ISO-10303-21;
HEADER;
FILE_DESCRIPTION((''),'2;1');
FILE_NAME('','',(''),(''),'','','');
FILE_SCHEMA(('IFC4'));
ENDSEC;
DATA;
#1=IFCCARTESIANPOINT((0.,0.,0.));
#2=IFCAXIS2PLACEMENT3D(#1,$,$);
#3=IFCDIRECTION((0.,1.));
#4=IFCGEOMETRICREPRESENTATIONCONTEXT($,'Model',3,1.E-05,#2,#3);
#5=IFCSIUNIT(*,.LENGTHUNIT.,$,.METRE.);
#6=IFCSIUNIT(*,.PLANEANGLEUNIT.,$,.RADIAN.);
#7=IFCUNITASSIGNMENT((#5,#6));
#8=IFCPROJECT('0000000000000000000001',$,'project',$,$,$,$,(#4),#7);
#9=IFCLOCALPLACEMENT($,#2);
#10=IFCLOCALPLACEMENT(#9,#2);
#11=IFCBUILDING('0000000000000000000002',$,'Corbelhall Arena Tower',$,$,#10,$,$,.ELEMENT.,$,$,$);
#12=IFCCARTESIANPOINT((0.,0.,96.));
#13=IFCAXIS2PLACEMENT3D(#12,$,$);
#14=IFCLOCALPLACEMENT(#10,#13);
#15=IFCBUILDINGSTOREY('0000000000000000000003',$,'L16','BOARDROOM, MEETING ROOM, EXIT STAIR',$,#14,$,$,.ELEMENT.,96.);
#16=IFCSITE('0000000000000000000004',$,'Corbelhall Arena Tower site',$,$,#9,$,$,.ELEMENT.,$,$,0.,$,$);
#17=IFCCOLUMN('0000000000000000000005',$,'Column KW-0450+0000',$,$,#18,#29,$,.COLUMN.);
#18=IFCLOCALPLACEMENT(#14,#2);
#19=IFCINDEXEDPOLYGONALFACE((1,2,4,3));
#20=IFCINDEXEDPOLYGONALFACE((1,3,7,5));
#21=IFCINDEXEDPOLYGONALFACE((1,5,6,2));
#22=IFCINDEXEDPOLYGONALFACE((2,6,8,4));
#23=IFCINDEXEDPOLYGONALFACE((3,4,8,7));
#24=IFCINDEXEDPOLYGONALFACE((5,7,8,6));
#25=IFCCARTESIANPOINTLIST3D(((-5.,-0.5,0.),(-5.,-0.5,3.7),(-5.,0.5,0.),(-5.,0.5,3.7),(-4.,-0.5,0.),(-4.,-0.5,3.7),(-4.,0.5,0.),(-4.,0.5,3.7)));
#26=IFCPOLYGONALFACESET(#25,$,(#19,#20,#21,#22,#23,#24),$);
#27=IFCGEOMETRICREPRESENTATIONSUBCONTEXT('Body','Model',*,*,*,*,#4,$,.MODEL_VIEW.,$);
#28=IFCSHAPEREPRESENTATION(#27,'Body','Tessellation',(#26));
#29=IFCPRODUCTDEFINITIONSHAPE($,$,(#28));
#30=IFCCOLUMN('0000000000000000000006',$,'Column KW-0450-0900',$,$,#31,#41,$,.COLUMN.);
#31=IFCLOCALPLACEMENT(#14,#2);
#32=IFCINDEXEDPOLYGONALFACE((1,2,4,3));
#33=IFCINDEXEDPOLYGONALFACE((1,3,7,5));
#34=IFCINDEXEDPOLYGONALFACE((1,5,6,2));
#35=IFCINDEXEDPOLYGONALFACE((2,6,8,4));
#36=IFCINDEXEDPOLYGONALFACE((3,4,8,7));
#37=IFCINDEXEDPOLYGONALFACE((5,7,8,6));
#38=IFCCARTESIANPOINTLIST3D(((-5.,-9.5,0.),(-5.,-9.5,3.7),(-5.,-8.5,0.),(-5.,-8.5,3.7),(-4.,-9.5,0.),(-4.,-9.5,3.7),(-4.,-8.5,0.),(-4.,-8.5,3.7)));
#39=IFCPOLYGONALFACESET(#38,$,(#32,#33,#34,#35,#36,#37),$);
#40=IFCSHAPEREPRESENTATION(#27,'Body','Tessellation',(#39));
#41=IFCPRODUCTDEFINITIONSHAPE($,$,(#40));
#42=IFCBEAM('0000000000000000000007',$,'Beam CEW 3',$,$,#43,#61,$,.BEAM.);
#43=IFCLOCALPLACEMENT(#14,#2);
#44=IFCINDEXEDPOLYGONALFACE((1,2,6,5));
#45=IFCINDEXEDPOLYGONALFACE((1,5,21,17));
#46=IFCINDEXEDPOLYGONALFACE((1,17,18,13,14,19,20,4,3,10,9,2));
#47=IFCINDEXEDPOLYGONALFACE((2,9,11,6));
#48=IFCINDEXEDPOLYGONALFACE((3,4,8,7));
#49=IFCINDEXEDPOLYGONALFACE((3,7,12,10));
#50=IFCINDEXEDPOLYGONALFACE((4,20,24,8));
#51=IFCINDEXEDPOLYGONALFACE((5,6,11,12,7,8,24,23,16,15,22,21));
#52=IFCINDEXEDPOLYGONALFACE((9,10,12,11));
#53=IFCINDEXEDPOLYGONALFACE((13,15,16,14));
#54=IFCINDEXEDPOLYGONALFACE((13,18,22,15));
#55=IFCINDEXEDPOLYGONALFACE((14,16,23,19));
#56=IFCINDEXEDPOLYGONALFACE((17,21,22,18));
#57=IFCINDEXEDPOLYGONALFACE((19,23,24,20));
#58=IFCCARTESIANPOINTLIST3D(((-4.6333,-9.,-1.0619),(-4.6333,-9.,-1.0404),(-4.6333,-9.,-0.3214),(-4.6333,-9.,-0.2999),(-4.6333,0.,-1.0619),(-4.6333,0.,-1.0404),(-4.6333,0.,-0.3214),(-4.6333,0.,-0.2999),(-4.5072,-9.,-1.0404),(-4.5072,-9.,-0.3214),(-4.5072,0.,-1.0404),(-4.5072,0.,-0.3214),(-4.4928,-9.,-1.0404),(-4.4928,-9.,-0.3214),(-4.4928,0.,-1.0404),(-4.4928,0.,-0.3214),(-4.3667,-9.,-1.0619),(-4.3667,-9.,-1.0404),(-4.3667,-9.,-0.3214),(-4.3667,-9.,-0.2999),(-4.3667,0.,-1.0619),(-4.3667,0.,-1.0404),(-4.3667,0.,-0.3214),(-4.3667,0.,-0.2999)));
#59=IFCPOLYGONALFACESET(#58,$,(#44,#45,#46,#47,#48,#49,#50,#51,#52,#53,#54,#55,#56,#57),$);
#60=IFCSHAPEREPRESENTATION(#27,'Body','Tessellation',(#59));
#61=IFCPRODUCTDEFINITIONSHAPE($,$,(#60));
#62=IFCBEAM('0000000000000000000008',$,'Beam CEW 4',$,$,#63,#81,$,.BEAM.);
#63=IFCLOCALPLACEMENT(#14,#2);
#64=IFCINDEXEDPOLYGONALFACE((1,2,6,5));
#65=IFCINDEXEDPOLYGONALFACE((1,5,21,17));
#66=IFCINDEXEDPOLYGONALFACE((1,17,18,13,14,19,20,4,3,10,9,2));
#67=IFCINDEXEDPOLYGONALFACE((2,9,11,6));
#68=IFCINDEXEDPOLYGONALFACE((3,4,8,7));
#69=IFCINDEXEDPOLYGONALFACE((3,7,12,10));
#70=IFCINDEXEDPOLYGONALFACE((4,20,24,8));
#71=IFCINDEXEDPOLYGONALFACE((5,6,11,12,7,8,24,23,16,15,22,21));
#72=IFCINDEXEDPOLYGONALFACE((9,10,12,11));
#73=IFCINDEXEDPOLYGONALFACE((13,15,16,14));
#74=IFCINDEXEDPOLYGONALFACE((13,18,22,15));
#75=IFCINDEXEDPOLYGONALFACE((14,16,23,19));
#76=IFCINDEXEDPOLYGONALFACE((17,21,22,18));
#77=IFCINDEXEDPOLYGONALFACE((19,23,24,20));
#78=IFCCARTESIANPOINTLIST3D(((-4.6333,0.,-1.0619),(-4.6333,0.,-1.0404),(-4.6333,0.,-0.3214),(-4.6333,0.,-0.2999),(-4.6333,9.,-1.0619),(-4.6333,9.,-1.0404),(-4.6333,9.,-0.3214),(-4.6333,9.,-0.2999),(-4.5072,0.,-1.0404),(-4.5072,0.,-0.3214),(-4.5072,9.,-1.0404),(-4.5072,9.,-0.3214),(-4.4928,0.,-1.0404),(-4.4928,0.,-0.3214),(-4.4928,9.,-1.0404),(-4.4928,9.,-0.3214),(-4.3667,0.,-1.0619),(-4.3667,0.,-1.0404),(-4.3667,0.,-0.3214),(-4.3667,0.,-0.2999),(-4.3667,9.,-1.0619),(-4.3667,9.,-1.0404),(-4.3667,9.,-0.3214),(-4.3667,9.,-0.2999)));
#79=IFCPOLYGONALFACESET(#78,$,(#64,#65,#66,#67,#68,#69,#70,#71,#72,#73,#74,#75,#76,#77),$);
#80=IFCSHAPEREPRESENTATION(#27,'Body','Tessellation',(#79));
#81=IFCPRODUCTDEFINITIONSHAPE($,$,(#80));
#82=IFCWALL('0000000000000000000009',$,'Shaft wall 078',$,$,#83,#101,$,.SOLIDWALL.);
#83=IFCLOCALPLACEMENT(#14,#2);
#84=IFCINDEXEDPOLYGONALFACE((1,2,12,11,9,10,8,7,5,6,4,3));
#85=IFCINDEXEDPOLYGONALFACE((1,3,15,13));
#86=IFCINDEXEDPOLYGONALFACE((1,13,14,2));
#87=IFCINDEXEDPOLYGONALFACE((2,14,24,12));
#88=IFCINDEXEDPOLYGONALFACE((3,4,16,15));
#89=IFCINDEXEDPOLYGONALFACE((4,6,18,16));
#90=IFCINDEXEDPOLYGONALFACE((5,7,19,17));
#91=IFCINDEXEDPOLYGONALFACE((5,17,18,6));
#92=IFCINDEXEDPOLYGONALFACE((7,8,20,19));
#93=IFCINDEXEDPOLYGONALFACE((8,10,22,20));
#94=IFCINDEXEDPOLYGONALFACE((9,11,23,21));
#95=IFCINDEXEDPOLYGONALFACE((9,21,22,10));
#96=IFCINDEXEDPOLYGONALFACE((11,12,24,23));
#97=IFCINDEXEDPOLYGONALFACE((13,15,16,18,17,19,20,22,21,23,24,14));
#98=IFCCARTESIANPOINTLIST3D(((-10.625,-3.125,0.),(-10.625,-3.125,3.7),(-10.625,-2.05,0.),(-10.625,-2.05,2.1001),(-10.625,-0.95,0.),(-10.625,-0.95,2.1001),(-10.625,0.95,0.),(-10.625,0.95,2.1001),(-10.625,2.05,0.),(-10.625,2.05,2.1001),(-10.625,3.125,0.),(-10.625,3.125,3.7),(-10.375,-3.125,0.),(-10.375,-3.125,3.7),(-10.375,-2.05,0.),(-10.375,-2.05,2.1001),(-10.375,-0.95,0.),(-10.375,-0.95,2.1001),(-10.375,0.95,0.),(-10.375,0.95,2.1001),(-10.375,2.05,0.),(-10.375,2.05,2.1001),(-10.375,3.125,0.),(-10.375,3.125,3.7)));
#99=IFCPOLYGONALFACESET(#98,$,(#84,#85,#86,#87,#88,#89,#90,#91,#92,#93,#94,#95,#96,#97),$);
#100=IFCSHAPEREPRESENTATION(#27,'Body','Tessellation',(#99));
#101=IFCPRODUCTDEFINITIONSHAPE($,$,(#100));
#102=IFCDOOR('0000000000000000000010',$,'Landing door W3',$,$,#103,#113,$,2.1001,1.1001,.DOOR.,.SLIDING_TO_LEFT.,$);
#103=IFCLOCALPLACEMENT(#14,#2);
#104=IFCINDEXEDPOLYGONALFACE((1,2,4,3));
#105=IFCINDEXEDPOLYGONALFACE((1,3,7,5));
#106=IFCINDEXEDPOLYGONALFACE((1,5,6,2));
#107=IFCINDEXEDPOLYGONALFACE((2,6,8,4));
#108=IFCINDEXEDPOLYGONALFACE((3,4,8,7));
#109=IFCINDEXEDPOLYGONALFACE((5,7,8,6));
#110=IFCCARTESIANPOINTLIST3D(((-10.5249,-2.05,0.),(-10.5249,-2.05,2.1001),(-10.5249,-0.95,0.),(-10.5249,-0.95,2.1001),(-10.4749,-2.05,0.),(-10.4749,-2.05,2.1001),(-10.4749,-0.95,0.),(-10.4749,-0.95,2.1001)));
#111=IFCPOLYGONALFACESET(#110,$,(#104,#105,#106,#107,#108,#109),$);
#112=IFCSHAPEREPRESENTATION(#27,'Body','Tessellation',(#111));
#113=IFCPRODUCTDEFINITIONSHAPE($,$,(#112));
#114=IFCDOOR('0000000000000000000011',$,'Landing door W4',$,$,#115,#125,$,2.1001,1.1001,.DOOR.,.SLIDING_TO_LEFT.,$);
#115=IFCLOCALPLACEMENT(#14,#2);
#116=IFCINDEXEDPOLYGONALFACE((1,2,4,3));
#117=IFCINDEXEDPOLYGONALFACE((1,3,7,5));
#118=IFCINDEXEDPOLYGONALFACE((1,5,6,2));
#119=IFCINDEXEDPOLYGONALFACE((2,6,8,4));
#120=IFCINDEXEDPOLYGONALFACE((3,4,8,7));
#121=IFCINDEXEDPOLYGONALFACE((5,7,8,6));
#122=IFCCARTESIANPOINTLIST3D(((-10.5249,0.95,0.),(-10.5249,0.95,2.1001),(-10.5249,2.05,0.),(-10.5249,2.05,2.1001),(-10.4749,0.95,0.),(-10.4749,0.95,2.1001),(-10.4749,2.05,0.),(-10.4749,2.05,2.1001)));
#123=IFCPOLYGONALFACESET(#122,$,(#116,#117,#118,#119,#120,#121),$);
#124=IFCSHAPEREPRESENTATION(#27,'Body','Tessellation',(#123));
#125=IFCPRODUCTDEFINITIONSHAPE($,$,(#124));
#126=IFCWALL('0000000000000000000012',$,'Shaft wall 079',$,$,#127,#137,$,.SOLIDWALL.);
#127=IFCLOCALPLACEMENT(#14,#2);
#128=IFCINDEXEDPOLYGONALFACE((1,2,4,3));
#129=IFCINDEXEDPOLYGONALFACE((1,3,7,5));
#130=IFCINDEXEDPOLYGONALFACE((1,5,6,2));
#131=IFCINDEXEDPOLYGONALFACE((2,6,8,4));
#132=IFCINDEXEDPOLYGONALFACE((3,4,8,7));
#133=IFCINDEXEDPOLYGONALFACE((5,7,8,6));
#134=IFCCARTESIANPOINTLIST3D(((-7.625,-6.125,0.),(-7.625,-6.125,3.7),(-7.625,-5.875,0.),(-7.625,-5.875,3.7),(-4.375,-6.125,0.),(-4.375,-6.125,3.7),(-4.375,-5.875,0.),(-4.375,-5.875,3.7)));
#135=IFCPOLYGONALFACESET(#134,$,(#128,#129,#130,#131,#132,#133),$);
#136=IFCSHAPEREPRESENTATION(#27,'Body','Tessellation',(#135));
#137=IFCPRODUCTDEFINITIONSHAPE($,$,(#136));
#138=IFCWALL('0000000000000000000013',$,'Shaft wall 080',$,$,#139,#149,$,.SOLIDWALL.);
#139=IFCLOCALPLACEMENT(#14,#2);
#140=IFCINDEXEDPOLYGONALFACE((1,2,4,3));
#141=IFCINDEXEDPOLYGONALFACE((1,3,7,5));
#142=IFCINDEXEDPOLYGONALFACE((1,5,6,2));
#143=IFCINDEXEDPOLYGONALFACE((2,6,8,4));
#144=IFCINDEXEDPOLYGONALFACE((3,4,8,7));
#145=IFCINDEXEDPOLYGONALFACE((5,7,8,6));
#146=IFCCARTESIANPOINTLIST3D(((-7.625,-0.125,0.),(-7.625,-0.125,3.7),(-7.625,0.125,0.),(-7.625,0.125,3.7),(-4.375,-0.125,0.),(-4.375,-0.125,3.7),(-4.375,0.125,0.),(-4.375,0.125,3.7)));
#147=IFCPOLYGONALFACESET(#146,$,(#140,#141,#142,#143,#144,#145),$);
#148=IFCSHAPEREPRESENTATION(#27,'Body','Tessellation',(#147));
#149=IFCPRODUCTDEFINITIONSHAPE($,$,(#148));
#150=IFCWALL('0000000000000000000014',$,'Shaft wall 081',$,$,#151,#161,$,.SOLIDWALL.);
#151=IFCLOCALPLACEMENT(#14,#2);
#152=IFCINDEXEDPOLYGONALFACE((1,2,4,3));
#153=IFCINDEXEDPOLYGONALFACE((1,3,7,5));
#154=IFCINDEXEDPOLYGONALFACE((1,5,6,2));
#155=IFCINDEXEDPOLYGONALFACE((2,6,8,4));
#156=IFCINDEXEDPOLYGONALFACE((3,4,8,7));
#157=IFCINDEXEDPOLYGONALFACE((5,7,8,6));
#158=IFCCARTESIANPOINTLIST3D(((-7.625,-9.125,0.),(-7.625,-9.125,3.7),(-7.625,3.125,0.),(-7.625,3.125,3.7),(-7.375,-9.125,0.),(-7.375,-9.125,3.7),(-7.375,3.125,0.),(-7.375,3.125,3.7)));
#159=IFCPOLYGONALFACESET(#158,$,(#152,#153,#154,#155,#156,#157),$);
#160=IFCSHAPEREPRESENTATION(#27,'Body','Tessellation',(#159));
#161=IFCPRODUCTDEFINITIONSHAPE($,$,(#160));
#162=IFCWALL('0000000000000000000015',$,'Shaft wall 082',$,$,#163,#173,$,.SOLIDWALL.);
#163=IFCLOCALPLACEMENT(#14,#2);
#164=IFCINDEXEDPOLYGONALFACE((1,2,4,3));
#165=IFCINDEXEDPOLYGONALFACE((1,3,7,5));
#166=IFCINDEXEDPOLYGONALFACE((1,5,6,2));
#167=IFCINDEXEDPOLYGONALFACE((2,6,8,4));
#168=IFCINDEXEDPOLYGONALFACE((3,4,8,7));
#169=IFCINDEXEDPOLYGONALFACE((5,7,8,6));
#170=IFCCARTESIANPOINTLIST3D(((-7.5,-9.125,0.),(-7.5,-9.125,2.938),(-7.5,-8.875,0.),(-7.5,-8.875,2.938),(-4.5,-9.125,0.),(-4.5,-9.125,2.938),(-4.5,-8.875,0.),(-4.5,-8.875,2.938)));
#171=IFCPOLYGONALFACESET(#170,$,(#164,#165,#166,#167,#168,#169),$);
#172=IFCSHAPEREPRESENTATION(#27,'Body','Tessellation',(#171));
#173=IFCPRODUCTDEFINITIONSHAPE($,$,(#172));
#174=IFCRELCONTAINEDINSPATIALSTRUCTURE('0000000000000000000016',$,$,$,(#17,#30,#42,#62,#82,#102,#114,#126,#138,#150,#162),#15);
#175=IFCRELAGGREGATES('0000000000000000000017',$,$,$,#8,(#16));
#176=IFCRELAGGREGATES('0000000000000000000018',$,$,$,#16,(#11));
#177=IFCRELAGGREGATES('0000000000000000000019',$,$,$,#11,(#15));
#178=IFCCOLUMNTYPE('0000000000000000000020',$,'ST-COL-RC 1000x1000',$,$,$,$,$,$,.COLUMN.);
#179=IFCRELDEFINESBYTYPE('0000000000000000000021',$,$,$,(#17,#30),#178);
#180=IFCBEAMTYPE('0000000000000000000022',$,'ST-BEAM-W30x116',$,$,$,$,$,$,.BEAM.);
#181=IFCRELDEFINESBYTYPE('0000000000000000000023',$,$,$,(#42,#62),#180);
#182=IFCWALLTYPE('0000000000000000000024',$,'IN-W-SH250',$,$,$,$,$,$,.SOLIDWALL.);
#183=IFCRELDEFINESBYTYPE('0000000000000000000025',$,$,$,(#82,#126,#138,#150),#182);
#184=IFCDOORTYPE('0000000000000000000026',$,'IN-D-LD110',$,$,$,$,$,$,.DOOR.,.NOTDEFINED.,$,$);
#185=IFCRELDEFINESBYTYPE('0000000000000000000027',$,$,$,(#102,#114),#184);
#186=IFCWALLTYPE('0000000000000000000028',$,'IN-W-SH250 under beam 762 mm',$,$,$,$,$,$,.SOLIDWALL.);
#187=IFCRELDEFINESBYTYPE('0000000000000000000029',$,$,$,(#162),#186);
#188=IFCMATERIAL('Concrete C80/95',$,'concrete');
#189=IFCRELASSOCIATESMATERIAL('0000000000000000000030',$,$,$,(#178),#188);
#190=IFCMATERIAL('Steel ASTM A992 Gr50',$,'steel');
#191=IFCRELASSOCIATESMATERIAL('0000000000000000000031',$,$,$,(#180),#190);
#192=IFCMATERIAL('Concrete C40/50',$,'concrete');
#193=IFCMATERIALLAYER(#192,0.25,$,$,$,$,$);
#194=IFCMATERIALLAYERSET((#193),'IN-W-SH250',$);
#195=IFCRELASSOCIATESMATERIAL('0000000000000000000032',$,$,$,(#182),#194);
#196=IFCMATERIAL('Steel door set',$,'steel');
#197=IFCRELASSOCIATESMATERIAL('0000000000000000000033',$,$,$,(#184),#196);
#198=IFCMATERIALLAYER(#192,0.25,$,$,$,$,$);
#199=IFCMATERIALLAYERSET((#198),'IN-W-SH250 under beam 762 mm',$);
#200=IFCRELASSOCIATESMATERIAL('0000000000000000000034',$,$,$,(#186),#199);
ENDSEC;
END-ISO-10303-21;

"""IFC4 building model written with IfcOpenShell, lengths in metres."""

from ifc_helpers import new_model, si_unit, direction, frame, frame_2d, origin, origin_2d, place, context, subcontext, project, spatial, rectangle, i_section, extrude, material, layer, layer_set, material_profile, profile_set, type_object, element, fill, save


model = new_model("IFC4")

# Units and contexts
model_context = context("Model", 3, precision=1e-05, world=origin(), true_north=direction((0.0, 1.0)))
body_context = subcontext(model_context, "Body", "Model", "MODEL_VIEW")
ifc_project = project(units=[si_unit("LENGTHUNIT", "METRE"), si_unit("PLANEANGLEUNIT", "RADIAN")], contexts=[model_context])

# Site, building, storey
site_placement = place(None, origin())
site = spatial("IfcSite", under=ifc_project, at=site_placement, Name="Corbelhall Arena Tower site", CompositionType="ELEMENT", RefElevation=0.0)
building_placement = place(site_placement, origin())
building = spatial("IfcBuilding", under=site, at=building_placement, Name="Corbelhall Arena Tower", CompositionType="ELEMENT")
storey_placement = place(building_placement, frame((0.0, 0.0, 96.0)))
storey = spatial("IfcBuildingStorey", under=building, at=storey_placement, Name="L16", Description="BOARDROOM, MEETING ROOM, EXIT STAIR", CompositionType="ELEMENT", Elevation=96.0)

# Columns
ifc_material_1 = material(Name="Concrete C80/95", Category="concrete")
ifc_material_profile_1 = material_profile(ifc_material_1, rectangle(XDim=1.0, YDim=1.0, at=origin_2d()))
ifc_profile_set_1 = profile_set([ifc_material_profile_1], Name="Concrete C80/95")
column_type = type_object("IfcColumnType", Name="ST-COL-RC 1000x1000", PredefinedType="COLUMN", material=ifc_profile_set_1)
for number, where, z_axis, x_axis, name in (
    (1, (-4.5, 0.0, 0.0), (0.0, 0.0, 1.0), (1.0, 0.0, 0.0), "Column KW-0450+0000"),
    (2, (-4.5, -9.0, 0.0), (0.0, 0.0, 1.0), (1.0, 0.0, 0.0), "Column KW-0450-0900"),
):
    element("IfcColumn", number, at=place(storey_placement, frame(where, z_axis=z_axis, x_axis=x_axis)), inside=storey, type_object=column_type, Name=name, PredefinedType="COLUMN", context=body_context, shape_type="SweptSolid", body=[
        extrude(rectangle(XDim=1.0, YDim=1.0, at=origin_2d()), origin(), (0.0, 0.0, 1.0), 3.7),
    ])

# Beams
ifc_material_2 = material(Name="Steel ASTM A992 Gr50", Category="steel")
ifc_material_profile_2 = material_profile(ifc_material_2, i_section(OverallWidth=0.2666, OverallDepth=0.762, WebThickness=0.0144, FlangeThickness=0.0215, at=origin_2d()))
ifc_profile_set_2 = profile_set([ifc_material_profile_2], Name="Steel ASTM A992 Gr50")
beam_type = type_object("IfcBeamType", Name="ST-BEAM-W30x116", PredefinedType="BEAM", material=ifc_profile_set_2)
for number, where, z_axis, x_axis, name in (
    (3, (-4.5, -9.0, -0.6809), (0.0, 1.0, 0.0), (-1.0, 0.0, 0.0), "Beam CEW 3"),
    (4, (-4.5, 0.0, -0.6809), (0.0, 1.0, 0.0), (-1.0, 0.0, 0.0), "Beam CEW 4"),
):
    element("IfcBeam", number, at=place(storey_placement, frame(where, z_axis=z_axis, x_axis=x_axis)), inside=storey, type_object=beam_type, Name=name, PredefinedType="BEAM", context=body_context, shape_type="SweptSolid", body=[
        extrude(i_section(OverallWidth=0.2666, OverallDepth=0.762, WebThickness=0.0144, FlangeThickness=0.0215, at=origin_2d()), origin(), (0.0, 0.0, 1.0), 9.0),
    ])

# Wall, openings, doors
ifc_material_3 = material(Name="Concrete C40/50", Category="concrete")
ifc_layer_1 = layer(ifc_material_3, 0.25)
ifc_layer_set_1 = layer_set([ifc_layer_1], Name="IN-W-SH250")
wall_type_1 = type_object("IfcWallType", Name="IN-W-SH250", PredefinedType="SOLIDWALL", material=ifc_layer_set_1)
wall_1_placement = place(storey_placement, frame((-10.5, -3.125, 0.0), z_axis=(0.0, 0.0, 1.0), x_axis=(0.0, 1.0, 0.0)))
wall_1 = element("IfcWall", 5, at=wall_1_placement, inside=storey, type_object=wall_type_1, Name="Shaft wall 078", PredefinedType="SOLIDWALL", context=body_context, shape_type="SweptSolid", body=[
    extrude(rectangle(XDim=6.25, YDim=0.25, at=frame_2d((3.125, 0.0))), origin(), (0.0, 0.0, 1.0), 3.7),
])
opening_1_placement = place(wall_1_placement, frame((1.075, 0.0, 0.0)))
opening_1 = element("IfcOpeningElement", 6, at=opening_1_placement, cuts=wall_1, PredefinedType="OPENING", context=body_context, shape_type="SweptSolid", body=[
    extrude(rectangle(XDim=1.1001, YDim=2.1001, at=frame_2d((0.55, 1.05))), frame((0.0, 0.125, 0.0), z_axis=(0.0, -1.0, 0.0), x_axis=(1.0, 0.0, 0.0)), (0.0, 0.0, 1.0), 0.25),
])
opening_2_placement = place(wall_1_placement, frame((4.075, 0.0, 0.0)))
opening_2 = element("IfcOpeningElement", 7, at=opening_2_placement, cuts=wall_1, PredefinedType="OPENING", context=body_context, shape_type="SweptSolid", body=[
    extrude(rectangle(XDim=1.1001, YDim=2.1001, at=frame_2d((0.55, 1.05))), frame((0.0, 0.125, 0.0), z_axis=(0.0, -1.0, 0.0), x_axis=(1.0, 0.0, 0.0)), (0.0, 0.0, 1.0), 0.25),
])
ifc_material_4 = material(Name="Steel door set", Category="steel")
door_type_1 = type_object("IfcDoorType", Name="IN-D-LD110", OperationType="NOTDEFINED", PredefinedType="DOOR", material=ifc_material_4)
door_1_placement = place(opening_1_placement, origin())
door_1 = element("IfcDoor", 8, at=door_1_placement, inside=storey, type_object=door_type_1, Name="Landing door W3", OperationType="SLIDING_TO_LEFT", OverallHeight=2.1001, OverallWidth=1.1001, PredefinedType="DOOR", context=body_context, shape_type="SweptSolid", body=[
    extrude(rectangle(XDim=1.1001, YDim=2.1001, at=frame_2d((0.55, 1.05))), frame((0.0, 0.0249, 0.0), z_axis=(0.0, -1.0, 0.0), x_axis=(1.0, 0.0, 0.0)), (0.0, 0.0, 1.0), 0.05),
])
fill(opening_1, door_1)
door_2_placement = place(opening_2_placement, origin())
door_2 = element("IfcDoor", 9, at=door_2_placement, inside=storey, type_object=door_type_1, Name="Landing door W4", OperationType="SLIDING_TO_LEFT", OverallHeight=2.1001, OverallWidth=1.1001, PredefinedType="DOOR", context=body_context, shape_type="SweptSolid", body=[
    extrude(rectangle(XDim=1.1001, YDim=2.1001, at=frame_2d((0.55, 1.05))), frame((0.0, 0.0249, 0.0), z_axis=(0.0, -1.0, 0.0), x_axis=(1.0, 0.0, 0.0)), (0.0, 0.0, 1.0), 0.05),
])
fill(opening_2, door_2)

# Walls
for number, where, z_axis, x_axis, name in (
    (10, (-7.625, -6.0, 0.0), (0.0, 0.0, 1.0), (1.0, 0.0, 0.0), "Shaft wall 079"),
    (11, (-7.625, 0.0, 0.0), (0.0, 0.0, 1.0), (1.0, 0.0, 0.0), "Shaft wall 080"),
):
    element("IfcWall", number, at=place(storey_placement, frame(where, z_axis=z_axis, x_axis=x_axis)), inside=storey, type_object=wall_type_1, Name=name, PredefinedType="SOLIDWALL", context=body_context, shape_type="SweptSolid", body=[
        extrude(rectangle(XDim=3.25, YDim=0.25, at=frame_2d((1.625, 0.0))), origin(), (0.0, 0.0, 1.0), 3.7),
    ])
wall_2_placement = place(storey_placement, frame((-7.5, -9.125, 0.0), z_axis=(0.0, 0.0, 1.0), x_axis=(0.0, 1.0, 0.0)))
element("IfcWall", 12, at=wall_2_placement, inside=storey, type_object=wall_type_1, Name="Shaft wall 081", PredefinedType="SOLIDWALL", context=body_context, shape_type="SweptSolid", body=[
    extrude(rectangle(XDim=12.25, YDim=0.25, at=frame_2d((6.125, 0.0))), origin(), (0.0, 0.0, 1.0), 3.7),
])
ifc_layer_2 = layer(ifc_material_3, 0.25)
ifc_layer_set_2 = layer_set([ifc_layer_2], Name="IN-W-SH250 under beam 762 mm")
wall_type_2 = type_object("IfcWallType", Name="IN-W-SH250 under beam 762 mm", PredefinedType="SOLIDWALL", material=ifc_layer_set_2)
wall_3_placement = place(storey_placement, frame((-4.5, -9.0, 0.0), z_axis=(0.0, 0.0, 1.0), x_axis=(-1.0, 0.0, 0.0)))
element("IfcWall", 13, at=wall_3_placement, inside=storey, type_object=wall_type_2, Name="Shaft wall 082", PredefinedType="SOLIDWALL", context=body_context, shape_type="SweptSolid", body=[
    extrude(rectangle(XDim=3.0, YDim=0.25, at=frame_2d((1.5, 0.0))), origin(), (0.0, 0.0, 1.0), 2.938),
])

save(model, "model.ifc")
